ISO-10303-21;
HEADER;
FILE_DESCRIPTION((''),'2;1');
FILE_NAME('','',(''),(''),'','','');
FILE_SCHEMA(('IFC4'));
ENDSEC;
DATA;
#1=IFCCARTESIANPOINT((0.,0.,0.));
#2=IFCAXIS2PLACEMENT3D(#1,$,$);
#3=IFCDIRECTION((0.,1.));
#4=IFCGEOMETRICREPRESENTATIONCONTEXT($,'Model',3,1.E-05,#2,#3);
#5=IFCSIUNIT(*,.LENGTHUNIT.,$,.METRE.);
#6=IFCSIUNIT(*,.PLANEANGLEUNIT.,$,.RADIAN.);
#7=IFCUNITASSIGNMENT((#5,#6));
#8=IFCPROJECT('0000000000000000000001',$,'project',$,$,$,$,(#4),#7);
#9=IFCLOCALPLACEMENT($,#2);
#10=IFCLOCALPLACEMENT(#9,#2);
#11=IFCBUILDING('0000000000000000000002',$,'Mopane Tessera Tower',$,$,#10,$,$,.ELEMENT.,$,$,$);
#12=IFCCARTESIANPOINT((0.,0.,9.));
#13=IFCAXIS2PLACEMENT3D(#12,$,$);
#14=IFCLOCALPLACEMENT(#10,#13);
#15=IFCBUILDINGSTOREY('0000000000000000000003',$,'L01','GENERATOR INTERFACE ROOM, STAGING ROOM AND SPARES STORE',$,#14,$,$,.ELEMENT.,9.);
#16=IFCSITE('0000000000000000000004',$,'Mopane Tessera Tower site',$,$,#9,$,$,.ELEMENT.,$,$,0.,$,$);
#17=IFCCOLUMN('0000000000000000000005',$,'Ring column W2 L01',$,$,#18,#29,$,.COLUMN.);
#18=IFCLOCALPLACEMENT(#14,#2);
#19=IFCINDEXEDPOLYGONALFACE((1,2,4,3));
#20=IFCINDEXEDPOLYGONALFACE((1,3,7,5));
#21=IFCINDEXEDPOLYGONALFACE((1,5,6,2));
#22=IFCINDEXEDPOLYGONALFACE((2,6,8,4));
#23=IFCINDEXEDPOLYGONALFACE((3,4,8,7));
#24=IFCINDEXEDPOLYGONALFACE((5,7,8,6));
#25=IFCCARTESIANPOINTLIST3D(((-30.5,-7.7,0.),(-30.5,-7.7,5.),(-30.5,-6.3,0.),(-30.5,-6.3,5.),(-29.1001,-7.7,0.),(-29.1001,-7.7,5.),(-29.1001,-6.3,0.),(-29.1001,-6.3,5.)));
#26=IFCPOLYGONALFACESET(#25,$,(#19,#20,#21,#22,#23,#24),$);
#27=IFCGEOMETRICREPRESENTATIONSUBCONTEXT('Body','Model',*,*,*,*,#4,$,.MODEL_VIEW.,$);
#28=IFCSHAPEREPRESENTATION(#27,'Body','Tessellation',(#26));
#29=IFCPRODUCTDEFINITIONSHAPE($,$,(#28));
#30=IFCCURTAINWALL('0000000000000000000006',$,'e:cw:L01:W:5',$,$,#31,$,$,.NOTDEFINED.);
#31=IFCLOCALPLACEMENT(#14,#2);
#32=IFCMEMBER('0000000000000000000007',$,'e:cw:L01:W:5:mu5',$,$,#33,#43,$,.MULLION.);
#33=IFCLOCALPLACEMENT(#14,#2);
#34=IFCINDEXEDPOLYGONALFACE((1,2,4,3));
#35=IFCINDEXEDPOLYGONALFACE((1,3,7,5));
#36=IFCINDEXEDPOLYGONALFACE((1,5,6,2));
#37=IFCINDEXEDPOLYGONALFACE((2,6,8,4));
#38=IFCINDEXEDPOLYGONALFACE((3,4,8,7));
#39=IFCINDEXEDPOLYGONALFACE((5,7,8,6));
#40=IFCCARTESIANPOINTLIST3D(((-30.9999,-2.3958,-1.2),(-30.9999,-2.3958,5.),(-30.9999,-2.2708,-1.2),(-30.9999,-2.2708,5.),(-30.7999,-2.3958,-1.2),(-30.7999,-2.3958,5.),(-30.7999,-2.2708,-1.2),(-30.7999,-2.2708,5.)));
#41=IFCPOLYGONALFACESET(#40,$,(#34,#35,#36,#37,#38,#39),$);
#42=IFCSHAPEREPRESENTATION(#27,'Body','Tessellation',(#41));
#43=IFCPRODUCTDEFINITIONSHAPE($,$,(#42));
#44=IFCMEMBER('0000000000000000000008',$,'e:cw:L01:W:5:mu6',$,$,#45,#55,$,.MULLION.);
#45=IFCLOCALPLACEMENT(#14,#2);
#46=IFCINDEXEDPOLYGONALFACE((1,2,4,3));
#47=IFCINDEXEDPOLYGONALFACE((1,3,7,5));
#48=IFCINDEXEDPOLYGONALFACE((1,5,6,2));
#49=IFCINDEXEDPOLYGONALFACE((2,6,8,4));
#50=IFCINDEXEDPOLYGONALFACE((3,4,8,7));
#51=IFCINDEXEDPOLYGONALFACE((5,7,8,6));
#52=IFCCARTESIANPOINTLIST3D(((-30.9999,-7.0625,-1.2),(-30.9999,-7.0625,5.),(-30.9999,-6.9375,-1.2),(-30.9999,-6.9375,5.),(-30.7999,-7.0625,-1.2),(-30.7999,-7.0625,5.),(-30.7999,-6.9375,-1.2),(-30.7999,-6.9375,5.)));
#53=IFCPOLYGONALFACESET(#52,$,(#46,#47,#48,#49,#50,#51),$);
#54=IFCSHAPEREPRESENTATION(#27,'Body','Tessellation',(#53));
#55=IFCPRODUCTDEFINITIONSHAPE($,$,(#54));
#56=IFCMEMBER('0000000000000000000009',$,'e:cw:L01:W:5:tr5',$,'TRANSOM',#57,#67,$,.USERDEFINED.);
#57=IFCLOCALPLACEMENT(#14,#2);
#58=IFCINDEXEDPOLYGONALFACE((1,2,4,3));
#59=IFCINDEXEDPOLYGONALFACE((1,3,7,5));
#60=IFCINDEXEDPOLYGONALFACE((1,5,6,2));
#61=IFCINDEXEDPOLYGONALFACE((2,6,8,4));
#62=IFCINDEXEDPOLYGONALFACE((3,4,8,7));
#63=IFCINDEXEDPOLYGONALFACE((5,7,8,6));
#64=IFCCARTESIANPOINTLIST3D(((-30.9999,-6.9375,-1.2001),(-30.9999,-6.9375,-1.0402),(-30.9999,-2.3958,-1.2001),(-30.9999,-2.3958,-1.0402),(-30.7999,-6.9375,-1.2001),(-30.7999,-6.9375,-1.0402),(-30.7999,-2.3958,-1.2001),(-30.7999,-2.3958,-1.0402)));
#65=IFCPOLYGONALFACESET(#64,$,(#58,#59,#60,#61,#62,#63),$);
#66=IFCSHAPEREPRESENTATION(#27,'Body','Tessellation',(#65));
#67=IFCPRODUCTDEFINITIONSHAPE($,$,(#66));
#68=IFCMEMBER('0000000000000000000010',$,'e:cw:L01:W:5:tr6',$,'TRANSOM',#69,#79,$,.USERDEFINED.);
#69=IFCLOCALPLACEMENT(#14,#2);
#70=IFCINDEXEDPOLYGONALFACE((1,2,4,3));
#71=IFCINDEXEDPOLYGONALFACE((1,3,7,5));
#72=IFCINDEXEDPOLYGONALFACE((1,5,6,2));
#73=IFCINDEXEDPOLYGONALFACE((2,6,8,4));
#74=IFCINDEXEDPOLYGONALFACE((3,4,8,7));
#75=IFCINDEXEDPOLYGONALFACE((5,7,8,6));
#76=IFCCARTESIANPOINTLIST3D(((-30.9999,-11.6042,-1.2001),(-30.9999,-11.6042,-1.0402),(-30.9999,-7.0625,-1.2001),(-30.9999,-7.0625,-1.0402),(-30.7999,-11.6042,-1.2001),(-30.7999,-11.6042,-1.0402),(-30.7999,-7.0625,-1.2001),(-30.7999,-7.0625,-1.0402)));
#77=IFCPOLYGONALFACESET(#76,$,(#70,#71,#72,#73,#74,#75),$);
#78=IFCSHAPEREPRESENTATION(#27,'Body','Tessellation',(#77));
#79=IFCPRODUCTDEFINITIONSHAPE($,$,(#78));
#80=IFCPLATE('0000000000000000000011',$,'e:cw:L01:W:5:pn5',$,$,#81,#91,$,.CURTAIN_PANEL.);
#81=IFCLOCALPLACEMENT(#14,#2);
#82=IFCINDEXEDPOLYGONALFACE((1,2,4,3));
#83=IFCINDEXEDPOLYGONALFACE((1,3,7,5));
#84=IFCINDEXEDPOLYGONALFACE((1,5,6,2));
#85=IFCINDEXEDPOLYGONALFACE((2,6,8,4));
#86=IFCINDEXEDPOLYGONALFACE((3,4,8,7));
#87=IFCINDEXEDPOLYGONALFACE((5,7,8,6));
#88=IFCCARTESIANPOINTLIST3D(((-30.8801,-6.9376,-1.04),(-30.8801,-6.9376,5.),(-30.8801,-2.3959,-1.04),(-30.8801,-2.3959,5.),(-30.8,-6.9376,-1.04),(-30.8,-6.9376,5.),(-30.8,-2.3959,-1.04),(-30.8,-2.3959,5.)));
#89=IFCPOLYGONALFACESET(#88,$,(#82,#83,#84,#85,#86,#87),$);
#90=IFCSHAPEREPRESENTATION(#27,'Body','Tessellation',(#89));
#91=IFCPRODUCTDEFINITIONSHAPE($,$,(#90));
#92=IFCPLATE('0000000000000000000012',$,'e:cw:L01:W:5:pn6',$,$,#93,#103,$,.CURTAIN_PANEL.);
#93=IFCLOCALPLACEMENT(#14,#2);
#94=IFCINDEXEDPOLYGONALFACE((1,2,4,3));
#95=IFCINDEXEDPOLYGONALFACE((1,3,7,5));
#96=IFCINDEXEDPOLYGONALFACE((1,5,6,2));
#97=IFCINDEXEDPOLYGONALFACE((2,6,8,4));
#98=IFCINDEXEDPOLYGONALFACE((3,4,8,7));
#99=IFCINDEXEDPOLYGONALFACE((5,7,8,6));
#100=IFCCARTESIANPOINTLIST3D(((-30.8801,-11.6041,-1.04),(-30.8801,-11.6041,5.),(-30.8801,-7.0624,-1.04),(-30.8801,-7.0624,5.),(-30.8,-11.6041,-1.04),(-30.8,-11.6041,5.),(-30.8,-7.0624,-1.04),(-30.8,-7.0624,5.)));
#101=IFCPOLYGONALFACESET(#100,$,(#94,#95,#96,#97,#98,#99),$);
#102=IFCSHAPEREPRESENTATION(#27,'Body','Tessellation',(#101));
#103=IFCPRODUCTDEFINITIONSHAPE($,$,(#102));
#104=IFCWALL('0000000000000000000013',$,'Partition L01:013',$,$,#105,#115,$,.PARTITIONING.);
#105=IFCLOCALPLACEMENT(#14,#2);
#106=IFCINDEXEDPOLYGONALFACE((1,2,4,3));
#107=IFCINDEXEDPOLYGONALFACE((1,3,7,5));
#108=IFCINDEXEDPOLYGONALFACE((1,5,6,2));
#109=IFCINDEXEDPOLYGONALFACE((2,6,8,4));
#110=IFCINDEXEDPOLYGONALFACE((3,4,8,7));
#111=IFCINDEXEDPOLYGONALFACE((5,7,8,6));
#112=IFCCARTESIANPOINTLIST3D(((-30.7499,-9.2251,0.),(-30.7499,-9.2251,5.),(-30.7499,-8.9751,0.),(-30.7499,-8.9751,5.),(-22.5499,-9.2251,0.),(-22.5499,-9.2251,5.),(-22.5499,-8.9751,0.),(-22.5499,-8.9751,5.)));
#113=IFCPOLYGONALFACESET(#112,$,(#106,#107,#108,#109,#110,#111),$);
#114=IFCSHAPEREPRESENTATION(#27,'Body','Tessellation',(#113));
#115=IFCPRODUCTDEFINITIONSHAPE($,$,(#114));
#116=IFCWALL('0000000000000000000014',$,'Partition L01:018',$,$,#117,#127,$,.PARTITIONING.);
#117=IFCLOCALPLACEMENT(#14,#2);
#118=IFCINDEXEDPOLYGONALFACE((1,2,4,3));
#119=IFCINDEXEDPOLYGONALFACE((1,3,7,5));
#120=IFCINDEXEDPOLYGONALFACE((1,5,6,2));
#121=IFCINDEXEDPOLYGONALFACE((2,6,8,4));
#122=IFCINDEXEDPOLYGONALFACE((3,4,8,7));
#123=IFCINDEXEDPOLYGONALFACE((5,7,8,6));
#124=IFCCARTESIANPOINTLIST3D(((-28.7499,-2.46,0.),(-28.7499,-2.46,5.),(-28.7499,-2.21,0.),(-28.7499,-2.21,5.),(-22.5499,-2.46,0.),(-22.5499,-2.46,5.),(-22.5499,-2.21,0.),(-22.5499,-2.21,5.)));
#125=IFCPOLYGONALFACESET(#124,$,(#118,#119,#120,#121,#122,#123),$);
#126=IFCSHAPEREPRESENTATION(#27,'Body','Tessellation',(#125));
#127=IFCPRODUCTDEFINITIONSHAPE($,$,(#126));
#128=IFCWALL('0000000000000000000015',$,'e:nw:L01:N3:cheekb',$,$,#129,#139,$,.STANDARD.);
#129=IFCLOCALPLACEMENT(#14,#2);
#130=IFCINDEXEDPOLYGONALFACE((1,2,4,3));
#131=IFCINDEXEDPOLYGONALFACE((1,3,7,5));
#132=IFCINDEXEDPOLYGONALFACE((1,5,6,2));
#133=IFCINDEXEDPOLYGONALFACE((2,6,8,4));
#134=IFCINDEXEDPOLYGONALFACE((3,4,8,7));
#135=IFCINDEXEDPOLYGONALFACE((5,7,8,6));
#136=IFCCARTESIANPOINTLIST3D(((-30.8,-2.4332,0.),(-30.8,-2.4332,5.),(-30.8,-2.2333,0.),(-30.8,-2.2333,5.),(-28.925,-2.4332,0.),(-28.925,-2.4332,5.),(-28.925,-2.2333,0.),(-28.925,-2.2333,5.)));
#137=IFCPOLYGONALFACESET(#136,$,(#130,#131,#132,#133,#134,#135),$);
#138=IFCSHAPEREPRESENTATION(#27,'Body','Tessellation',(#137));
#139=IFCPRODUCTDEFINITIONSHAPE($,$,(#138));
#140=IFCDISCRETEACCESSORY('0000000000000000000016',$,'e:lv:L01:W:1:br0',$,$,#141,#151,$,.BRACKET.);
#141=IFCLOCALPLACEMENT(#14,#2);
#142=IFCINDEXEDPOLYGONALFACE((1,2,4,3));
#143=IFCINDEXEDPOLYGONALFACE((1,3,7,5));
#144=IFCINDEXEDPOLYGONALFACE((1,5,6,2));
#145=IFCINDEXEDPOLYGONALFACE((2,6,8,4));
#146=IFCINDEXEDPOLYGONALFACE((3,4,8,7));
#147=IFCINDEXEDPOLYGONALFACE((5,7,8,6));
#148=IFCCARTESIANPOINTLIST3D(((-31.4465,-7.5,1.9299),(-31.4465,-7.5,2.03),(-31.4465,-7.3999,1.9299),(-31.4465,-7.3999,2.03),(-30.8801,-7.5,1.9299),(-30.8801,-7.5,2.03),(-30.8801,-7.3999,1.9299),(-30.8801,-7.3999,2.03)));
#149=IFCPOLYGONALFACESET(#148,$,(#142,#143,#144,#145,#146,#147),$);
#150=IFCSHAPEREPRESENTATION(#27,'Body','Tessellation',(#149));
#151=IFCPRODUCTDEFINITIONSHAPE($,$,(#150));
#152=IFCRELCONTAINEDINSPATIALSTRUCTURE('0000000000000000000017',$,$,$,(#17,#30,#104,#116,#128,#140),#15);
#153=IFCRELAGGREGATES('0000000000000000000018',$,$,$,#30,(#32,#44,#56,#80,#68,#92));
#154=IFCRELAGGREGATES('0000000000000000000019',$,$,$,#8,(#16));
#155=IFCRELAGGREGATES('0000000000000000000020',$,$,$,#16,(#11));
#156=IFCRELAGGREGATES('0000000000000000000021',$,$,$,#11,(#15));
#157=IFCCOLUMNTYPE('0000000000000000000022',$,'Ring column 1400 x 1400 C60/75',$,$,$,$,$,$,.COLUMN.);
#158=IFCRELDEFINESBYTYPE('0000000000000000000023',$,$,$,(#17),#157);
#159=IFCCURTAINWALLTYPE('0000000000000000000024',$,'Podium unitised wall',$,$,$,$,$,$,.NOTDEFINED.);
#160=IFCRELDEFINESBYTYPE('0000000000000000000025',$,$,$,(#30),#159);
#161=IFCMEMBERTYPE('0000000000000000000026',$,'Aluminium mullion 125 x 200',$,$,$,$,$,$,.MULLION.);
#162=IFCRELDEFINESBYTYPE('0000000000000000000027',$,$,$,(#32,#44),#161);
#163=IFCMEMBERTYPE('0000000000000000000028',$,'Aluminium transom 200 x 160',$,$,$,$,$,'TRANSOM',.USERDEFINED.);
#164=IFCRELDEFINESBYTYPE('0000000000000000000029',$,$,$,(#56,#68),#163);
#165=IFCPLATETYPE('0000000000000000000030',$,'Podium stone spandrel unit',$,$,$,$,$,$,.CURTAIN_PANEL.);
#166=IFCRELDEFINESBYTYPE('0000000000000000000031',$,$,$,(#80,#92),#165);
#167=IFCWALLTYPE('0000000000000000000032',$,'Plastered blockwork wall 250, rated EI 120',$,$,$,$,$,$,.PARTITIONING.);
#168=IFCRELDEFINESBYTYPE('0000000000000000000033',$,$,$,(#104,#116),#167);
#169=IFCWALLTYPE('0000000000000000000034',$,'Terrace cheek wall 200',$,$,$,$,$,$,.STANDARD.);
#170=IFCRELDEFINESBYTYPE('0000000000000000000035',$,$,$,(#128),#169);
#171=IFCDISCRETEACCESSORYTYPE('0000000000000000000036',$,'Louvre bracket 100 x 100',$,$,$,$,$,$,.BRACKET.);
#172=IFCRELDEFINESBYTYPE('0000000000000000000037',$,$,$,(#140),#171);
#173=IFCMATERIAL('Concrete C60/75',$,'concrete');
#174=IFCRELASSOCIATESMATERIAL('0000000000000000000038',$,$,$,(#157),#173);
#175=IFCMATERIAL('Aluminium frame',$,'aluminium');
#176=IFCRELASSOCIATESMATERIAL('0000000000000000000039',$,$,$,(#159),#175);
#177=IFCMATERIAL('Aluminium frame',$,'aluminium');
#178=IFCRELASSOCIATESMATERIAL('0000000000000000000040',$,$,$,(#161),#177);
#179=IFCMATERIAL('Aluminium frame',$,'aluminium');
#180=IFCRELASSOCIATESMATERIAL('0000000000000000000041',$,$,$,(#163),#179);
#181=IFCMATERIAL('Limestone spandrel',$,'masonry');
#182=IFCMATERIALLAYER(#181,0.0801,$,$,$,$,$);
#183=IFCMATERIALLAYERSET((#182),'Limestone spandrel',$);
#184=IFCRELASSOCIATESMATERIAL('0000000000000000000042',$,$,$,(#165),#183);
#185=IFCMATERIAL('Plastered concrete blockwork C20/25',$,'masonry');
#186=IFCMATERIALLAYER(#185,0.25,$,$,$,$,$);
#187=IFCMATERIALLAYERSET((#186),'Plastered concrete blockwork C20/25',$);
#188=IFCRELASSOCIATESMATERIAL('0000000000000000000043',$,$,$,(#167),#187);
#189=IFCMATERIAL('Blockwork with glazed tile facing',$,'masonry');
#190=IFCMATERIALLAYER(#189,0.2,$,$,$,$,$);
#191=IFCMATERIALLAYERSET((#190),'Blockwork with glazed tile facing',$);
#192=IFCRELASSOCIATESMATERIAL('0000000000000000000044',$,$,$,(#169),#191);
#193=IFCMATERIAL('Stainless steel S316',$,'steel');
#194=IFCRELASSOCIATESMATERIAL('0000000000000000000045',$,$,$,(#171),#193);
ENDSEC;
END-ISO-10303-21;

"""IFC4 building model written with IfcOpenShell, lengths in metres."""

from ifc_helpers import new_model, si_unit, direction, frame, frame_2d, origin, origin_2d, place, context, subcontext, project, spatial, rectangle, extrude, material, layer, layer_set, material_profile, profile_set, type_object, element, aggregate, save


model = new_model("IFC4")

# Units and contexts
model_context = context("Model", 3, precision=1e-05, world=origin(), true_north=direction((0.0, 1.0)))
body_context = subcontext(model_context, "Body", "Model", "MODEL_VIEW")
ifc_project = project(units=[si_unit("LENGTHUNIT", "METRE"), si_unit("PLANEANGLEUNIT", "RADIAN")], contexts=[model_context])

# Site, building, storey
site_placement = place(None, origin())
site = spatial("IfcSite", under=ifc_project, at=site_placement, Name="Mopane Tessera Tower site", CompositionType="ELEMENT", RefElevation=0.0)
building_placement = place(site_placement, origin())
building = spatial("IfcBuilding", under=site, at=building_placement, Name="Mopane Tessera Tower", CompositionType="ELEMENT")
storey_placement = place(building_placement, frame((0.0, 0.0, 9.0)))
storey = spatial("IfcBuildingStorey", under=building, at=storey_placement, Name="L01", Description="GENERATOR INTERFACE ROOM, STAGING ROOM AND SPARES STORE", CompositionType="ELEMENT", Elevation=9.0)

# Column
ifc_material_1 = material(Name="Concrete C60/75", Category="concrete")
ifc_material_profile_1 = material_profile(ifc_material_1, rectangle(XDim=1.3999, YDim=1.3999, at=origin_2d()))
ifc_profile_set_1 = profile_set([ifc_material_profile_1], Name="Concrete C60/75")
column_type = type_object("IfcColumnType", Name="Ring column 1400 x 1400 C60/75", PredefinedType="COLUMN", material=ifc_profile_set_1)
column_placement = place(storey_placement, frame((-29.8, -7.0, 0.0), z_axis=(0.0, 0.0, 1.0), x_axis=(1.0, 0.0, 0.0)))
element("IfcColumn", 1, at=column_placement, inside=storey, type_object=column_type, Name="Ring column W2 L01", PredefinedType="COLUMN", context=body_context, shape_type="SweptSolid", body=[
    extrude(rectangle(XDim=1.3999, YDim=1.3999, at=origin_2d()), origin(), (0.0, 0.0, 1.0), 5.0),
])

# Curtain wall, members, plates
ifc_material_2 = material(Name="Aluminium frame", Category="aluminium")
curtain_wall_type = type_object("IfcCurtainWallType", Name="Podium unitised wall", PredefinedType="NOTDEFINED", material=ifc_material_2)
curtain_wall_placement = place(storey_placement, origin())
curtain_wall = element("IfcCurtainWall", 2, at=curtain_wall_placement, inside=storey, type_object=curtain_wall_type, Name="e:cw:L01:W:5", PredefinedType="NOTDEFINED")
ifc_material_3 = material(Name="Aluminium frame", Category="aluminium")
ifc_material_profile_2 = material_profile(ifc_material_3, rectangle(XDim=0.125, YDim=0.2, at=origin_2d()))
ifc_profile_set_2 = profile_set([ifc_material_profile_2], Name="Aluminium frame")
member_type_1 = type_object("IfcMemberType", Name="Aluminium mullion 125 x 200", PredefinedType="MULLION", material=ifc_profile_set_2)
member_1_placement = place(storey_placement, frame((-30.8999, -2.3333, -1.2), z_axis=(0.0, 0.0, 1.0), x_axis=(0.0, -1.0, 0.0)))
member_1 = element("IfcMember", 3, at=member_1_placement, type_object=member_type_1, Name="e:cw:L01:W:5:mu5", PredefinedType="MULLION", context=body_context, shape_type="SweptSolid", body=[
    extrude(rectangle(XDim=0.125, YDim=0.2, at=origin_2d()), origin(), (0.0, 0.0, 1.0), 6.2),
])
member_2_placement = place(storey_placement, frame((-30.8999, -7.0, -1.2), z_axis=(0.0, 0.0, 1.0), x_axis=(0.0, -1.0, 0.0)))
member_2 = element("IfcMember", 4, at=member_2_placement, type_object=member_type_1, Name="e:cw:L01:W:5:mu6", PredefinedType="MULLION", context=body_context, shape_type="SweptSolid", body=[
    extrude(rectangle(XDim=0.125, YDim=0.2, at=origin_2d()), origin(), (0.0, 0.0, 1.0), 6.2),
])
ifc_material_4 = material(Name="Aluminium frame", Category="aluminium")
ifc_material_profile_3 = material_profile(ifc_material_4, rectangle(XDim=0.2, YDim=0.1599, at=origin_2d()))
ifc_profile_set_3 = profile_set([ifc_material_profile_3], Name="Aluminium frame")
member_type_2 = type_object("IfcMemberType", Name="Aluminium transom 200 x 160", ElementType="TRANSOM", PredefinedType="USERDEFINED", material=ifc_profile_set_3)
member_3_placement = place(storey_placement, frame((-30.8999, -2.3958, -1.1201), z_axis=(0.0, -1.0, 0.0), x_axis=(1.0, 0.0, 0.0)))
member_3 = element("IfcMember", 5, at=member_3_placement, type_object=member_type_2, Name="e:cw:L01:W:5:tr5", ObjectType="TRANSOM", PredefinedType="USERDEFINED", context=body_context, shape_type="SweptSolid", body=[
    extrude(rectangle(XDim=0.2, YDim=0.1599, at=origin_2d()), origin(), (0.0, 0.0, 1.0), 4.5417),
])
member_4_placement = place(storey_placement, frame((-30.8999, -7.0625, -1.1201), z_axis=(0.0, -1.0, 0.0), x_axis=(1.0, 0.0, 0.0)))
member_4 = element("IfcMember", 6, at=member_4_placement, type_object=member_type_2, Name="e:cw:L01:W:5:tr6", ObjectType="TRANSOM", PredefinedType="USERDEFINED", context=body_context, shape_type="SweptSolid", body=[
    extrude(rectangle(XDim=0.2, YDim=0.1599, at=origin_2d()), origin(), (0.0, 0.0, 1.0), 4.5417),
])
ifc_material_5 = material(Name="Limestone spandrel", Category="masonry")
ifc_layer_1 = layer(ifc_material_5, 0.0801)
ifc_layer_set_1 = layer_set([ifc_layer_1], Name="Limestone spandrel")
plate_type = type_object("IfcPlateType", Name="Podium stone spandrel unit", PredefinedType="CURTAIN_PANEL", material=ifc_layer_set_1)
plate_1_placement = place(storey_placement, frame((-30.8401, -4.6667, -1.04), z_axis=(0.0, 0.0, 1.0), x_axis=(0.0, -1.0, 0.0)))
plate_1 = element("IfcPlate", 7, at=plate_1_placement, type_object=plate_type, Name="e:cw:L01:W:5:pn5", PredefinedType="CURTAIN_PANEL", context=body_context, shape_type="SweptSolid", body=[
    extrude(rectangle(XDim=4.5417, YDim=0.0801, at=origin_2d()), origin(), (0.0, 0.0, 1.0), 6.04),
])
plate_2_placement = place(storey_placement, frame((-30.8401, -9.3333, -1.04), z_axis=(0.0, 0.0, 1.0), x_axis=(0.0, -1.0, 0.0)))
plate_2 = element("IfcPlate", 8, at=plate_2_placement, type_object=plate_type, Name="e:cw:L01:W:5:pn6", PredefinedType="CURTAIN_PANEL", context=body_context, shape_type="SweptSolid", body=[
    extrude(rectangle(XDim=4.5417, YDim=0.0801, at=origin_2d()), origin(), (0.0, 0.0, 1.0), 6.04),
])
aggregate(curtain_wall, [member_1, member_2, member_3, plate_1, member_4, plate_2])

# Walls
ifc_material_6 = material(Name="Plastered concrete blockwork C20/25", Category="masonry")
ifc_layer_2 = layer(ifc_material_6, 0.25)
ifc_layer_set_2 = layer_set([ifc_layer_2], Name="Plastered concrete blockwork C20/25")
wall_type_1 = type_object("IfcWallType", Name="Plastered blockwork wall 250, rated EI 120", PredefinedType="PARTITIONING", material=ifc_layer_set_2)
wall_1_placement = place(storey_placement, frame((-30.75, -9.1001, 0.0), z_axis=(0.0, 0.0, 1.0), x_axis=(1.0, 0.0, 0.0)))
element("IfcWall", 9, at=wall_1_placement, inside=storey, type_object=wall_type_1, Name="Partition L01:013", PredefinedType="PARTITIONING", context=body_context, shape_type="SweptSolid", body=[
    extrude(rectangle(XDim=8.2, YDim=0.25, at=frame_2d((4.1001, 0.0))), origin(), (0.0, 0.0, 1.0), 5.0),
])
wall_2_placement = place(storey_placement, frame((-28.75, -2.335, 0.0), z_axis=(0.0, 0.0, 1.0), x_axis=(1.0, 0.0, 0.0)))
element("IfcWall", 10, at=wall_2_placement, inside=storey, type_object=wall_type_1, Name="Partition L01:018", PredefinedType="PARTITIONING", context=body_context, shape_type="SweptSolid", body=[
    extrude(rectangle(XDim=6.2, YDim=0.25, at=frame_2d((3.1001, 0.0))), origin(), (0.0, 0.0, 1.0), 5.0),
])
ifc_material_7 = material(Name="Blockwork with glazed tile facing", Category="masonry")
ifc_layer_3 = layer(ifc_material_7, 0.2)
ifc_layer_set_3 = layer_set([ifc_layer_3], Name="Blockwork with glazed tile facing")
wall_type_2 = type_object("IfcWallType", Name="Terrace cheek wall 200", PredefinedType="STANDARD", material=ifc_layer_set_3)
wall_3_placement = place(storey_placement, frame((-30.8, -2.3333, 0.0), z_axis=(0.0, 0.0, 1.0), x_axis=(1.0, 0.0, 0.0)))
element("IfcWall", 11, at=wall_3_placement, inside=storey, type_object=wall_type_2, Name="e:nw:L01:N3:cheekb", PredefinedType="STANDARD", context=body_context, shape_type="SweptSolid", body=[
    extrude(rectangle(XDim=1.875, YDim=0.2, at=frame_2d((0.9375, 0.0))), origin(), (0.0, 0.0, 1.0), 5.0),
])

# Discrete accessory
ifc_material_8 = material(Name="Stainless steel S316", Category="steel")
discrete_accessory_type = type_object("IfcDiscreteAccessoryType", Name="Louvre bracket 100 x 100", PredefinedType="BRACKET", material=ifc_material_8)
discrete_accessory_placement = place(storey_placement, frame((-31.1633, -7.45, 1.9299), z_axis=(0.0, 0.0, 1.0), x_axis=(-1.0, 0.0, 0.0)))
element("IfcDiscreteAccessory", 12, at=discrete_accessory_placement, inside=storey, type_object=discrete_accessory_type, Name="e:lv:L01:W:1:br0", PredefinedType="BRACKET", context=body_context, shape_type="SweptSolid", body=[
    extrude(rectangle(XDim=0.5664, YDim=0.1001, at=origin_2d()), origin(), (0.0, 0.0, 1.0), 0.1001),
])

save(model, "model.ifc")
